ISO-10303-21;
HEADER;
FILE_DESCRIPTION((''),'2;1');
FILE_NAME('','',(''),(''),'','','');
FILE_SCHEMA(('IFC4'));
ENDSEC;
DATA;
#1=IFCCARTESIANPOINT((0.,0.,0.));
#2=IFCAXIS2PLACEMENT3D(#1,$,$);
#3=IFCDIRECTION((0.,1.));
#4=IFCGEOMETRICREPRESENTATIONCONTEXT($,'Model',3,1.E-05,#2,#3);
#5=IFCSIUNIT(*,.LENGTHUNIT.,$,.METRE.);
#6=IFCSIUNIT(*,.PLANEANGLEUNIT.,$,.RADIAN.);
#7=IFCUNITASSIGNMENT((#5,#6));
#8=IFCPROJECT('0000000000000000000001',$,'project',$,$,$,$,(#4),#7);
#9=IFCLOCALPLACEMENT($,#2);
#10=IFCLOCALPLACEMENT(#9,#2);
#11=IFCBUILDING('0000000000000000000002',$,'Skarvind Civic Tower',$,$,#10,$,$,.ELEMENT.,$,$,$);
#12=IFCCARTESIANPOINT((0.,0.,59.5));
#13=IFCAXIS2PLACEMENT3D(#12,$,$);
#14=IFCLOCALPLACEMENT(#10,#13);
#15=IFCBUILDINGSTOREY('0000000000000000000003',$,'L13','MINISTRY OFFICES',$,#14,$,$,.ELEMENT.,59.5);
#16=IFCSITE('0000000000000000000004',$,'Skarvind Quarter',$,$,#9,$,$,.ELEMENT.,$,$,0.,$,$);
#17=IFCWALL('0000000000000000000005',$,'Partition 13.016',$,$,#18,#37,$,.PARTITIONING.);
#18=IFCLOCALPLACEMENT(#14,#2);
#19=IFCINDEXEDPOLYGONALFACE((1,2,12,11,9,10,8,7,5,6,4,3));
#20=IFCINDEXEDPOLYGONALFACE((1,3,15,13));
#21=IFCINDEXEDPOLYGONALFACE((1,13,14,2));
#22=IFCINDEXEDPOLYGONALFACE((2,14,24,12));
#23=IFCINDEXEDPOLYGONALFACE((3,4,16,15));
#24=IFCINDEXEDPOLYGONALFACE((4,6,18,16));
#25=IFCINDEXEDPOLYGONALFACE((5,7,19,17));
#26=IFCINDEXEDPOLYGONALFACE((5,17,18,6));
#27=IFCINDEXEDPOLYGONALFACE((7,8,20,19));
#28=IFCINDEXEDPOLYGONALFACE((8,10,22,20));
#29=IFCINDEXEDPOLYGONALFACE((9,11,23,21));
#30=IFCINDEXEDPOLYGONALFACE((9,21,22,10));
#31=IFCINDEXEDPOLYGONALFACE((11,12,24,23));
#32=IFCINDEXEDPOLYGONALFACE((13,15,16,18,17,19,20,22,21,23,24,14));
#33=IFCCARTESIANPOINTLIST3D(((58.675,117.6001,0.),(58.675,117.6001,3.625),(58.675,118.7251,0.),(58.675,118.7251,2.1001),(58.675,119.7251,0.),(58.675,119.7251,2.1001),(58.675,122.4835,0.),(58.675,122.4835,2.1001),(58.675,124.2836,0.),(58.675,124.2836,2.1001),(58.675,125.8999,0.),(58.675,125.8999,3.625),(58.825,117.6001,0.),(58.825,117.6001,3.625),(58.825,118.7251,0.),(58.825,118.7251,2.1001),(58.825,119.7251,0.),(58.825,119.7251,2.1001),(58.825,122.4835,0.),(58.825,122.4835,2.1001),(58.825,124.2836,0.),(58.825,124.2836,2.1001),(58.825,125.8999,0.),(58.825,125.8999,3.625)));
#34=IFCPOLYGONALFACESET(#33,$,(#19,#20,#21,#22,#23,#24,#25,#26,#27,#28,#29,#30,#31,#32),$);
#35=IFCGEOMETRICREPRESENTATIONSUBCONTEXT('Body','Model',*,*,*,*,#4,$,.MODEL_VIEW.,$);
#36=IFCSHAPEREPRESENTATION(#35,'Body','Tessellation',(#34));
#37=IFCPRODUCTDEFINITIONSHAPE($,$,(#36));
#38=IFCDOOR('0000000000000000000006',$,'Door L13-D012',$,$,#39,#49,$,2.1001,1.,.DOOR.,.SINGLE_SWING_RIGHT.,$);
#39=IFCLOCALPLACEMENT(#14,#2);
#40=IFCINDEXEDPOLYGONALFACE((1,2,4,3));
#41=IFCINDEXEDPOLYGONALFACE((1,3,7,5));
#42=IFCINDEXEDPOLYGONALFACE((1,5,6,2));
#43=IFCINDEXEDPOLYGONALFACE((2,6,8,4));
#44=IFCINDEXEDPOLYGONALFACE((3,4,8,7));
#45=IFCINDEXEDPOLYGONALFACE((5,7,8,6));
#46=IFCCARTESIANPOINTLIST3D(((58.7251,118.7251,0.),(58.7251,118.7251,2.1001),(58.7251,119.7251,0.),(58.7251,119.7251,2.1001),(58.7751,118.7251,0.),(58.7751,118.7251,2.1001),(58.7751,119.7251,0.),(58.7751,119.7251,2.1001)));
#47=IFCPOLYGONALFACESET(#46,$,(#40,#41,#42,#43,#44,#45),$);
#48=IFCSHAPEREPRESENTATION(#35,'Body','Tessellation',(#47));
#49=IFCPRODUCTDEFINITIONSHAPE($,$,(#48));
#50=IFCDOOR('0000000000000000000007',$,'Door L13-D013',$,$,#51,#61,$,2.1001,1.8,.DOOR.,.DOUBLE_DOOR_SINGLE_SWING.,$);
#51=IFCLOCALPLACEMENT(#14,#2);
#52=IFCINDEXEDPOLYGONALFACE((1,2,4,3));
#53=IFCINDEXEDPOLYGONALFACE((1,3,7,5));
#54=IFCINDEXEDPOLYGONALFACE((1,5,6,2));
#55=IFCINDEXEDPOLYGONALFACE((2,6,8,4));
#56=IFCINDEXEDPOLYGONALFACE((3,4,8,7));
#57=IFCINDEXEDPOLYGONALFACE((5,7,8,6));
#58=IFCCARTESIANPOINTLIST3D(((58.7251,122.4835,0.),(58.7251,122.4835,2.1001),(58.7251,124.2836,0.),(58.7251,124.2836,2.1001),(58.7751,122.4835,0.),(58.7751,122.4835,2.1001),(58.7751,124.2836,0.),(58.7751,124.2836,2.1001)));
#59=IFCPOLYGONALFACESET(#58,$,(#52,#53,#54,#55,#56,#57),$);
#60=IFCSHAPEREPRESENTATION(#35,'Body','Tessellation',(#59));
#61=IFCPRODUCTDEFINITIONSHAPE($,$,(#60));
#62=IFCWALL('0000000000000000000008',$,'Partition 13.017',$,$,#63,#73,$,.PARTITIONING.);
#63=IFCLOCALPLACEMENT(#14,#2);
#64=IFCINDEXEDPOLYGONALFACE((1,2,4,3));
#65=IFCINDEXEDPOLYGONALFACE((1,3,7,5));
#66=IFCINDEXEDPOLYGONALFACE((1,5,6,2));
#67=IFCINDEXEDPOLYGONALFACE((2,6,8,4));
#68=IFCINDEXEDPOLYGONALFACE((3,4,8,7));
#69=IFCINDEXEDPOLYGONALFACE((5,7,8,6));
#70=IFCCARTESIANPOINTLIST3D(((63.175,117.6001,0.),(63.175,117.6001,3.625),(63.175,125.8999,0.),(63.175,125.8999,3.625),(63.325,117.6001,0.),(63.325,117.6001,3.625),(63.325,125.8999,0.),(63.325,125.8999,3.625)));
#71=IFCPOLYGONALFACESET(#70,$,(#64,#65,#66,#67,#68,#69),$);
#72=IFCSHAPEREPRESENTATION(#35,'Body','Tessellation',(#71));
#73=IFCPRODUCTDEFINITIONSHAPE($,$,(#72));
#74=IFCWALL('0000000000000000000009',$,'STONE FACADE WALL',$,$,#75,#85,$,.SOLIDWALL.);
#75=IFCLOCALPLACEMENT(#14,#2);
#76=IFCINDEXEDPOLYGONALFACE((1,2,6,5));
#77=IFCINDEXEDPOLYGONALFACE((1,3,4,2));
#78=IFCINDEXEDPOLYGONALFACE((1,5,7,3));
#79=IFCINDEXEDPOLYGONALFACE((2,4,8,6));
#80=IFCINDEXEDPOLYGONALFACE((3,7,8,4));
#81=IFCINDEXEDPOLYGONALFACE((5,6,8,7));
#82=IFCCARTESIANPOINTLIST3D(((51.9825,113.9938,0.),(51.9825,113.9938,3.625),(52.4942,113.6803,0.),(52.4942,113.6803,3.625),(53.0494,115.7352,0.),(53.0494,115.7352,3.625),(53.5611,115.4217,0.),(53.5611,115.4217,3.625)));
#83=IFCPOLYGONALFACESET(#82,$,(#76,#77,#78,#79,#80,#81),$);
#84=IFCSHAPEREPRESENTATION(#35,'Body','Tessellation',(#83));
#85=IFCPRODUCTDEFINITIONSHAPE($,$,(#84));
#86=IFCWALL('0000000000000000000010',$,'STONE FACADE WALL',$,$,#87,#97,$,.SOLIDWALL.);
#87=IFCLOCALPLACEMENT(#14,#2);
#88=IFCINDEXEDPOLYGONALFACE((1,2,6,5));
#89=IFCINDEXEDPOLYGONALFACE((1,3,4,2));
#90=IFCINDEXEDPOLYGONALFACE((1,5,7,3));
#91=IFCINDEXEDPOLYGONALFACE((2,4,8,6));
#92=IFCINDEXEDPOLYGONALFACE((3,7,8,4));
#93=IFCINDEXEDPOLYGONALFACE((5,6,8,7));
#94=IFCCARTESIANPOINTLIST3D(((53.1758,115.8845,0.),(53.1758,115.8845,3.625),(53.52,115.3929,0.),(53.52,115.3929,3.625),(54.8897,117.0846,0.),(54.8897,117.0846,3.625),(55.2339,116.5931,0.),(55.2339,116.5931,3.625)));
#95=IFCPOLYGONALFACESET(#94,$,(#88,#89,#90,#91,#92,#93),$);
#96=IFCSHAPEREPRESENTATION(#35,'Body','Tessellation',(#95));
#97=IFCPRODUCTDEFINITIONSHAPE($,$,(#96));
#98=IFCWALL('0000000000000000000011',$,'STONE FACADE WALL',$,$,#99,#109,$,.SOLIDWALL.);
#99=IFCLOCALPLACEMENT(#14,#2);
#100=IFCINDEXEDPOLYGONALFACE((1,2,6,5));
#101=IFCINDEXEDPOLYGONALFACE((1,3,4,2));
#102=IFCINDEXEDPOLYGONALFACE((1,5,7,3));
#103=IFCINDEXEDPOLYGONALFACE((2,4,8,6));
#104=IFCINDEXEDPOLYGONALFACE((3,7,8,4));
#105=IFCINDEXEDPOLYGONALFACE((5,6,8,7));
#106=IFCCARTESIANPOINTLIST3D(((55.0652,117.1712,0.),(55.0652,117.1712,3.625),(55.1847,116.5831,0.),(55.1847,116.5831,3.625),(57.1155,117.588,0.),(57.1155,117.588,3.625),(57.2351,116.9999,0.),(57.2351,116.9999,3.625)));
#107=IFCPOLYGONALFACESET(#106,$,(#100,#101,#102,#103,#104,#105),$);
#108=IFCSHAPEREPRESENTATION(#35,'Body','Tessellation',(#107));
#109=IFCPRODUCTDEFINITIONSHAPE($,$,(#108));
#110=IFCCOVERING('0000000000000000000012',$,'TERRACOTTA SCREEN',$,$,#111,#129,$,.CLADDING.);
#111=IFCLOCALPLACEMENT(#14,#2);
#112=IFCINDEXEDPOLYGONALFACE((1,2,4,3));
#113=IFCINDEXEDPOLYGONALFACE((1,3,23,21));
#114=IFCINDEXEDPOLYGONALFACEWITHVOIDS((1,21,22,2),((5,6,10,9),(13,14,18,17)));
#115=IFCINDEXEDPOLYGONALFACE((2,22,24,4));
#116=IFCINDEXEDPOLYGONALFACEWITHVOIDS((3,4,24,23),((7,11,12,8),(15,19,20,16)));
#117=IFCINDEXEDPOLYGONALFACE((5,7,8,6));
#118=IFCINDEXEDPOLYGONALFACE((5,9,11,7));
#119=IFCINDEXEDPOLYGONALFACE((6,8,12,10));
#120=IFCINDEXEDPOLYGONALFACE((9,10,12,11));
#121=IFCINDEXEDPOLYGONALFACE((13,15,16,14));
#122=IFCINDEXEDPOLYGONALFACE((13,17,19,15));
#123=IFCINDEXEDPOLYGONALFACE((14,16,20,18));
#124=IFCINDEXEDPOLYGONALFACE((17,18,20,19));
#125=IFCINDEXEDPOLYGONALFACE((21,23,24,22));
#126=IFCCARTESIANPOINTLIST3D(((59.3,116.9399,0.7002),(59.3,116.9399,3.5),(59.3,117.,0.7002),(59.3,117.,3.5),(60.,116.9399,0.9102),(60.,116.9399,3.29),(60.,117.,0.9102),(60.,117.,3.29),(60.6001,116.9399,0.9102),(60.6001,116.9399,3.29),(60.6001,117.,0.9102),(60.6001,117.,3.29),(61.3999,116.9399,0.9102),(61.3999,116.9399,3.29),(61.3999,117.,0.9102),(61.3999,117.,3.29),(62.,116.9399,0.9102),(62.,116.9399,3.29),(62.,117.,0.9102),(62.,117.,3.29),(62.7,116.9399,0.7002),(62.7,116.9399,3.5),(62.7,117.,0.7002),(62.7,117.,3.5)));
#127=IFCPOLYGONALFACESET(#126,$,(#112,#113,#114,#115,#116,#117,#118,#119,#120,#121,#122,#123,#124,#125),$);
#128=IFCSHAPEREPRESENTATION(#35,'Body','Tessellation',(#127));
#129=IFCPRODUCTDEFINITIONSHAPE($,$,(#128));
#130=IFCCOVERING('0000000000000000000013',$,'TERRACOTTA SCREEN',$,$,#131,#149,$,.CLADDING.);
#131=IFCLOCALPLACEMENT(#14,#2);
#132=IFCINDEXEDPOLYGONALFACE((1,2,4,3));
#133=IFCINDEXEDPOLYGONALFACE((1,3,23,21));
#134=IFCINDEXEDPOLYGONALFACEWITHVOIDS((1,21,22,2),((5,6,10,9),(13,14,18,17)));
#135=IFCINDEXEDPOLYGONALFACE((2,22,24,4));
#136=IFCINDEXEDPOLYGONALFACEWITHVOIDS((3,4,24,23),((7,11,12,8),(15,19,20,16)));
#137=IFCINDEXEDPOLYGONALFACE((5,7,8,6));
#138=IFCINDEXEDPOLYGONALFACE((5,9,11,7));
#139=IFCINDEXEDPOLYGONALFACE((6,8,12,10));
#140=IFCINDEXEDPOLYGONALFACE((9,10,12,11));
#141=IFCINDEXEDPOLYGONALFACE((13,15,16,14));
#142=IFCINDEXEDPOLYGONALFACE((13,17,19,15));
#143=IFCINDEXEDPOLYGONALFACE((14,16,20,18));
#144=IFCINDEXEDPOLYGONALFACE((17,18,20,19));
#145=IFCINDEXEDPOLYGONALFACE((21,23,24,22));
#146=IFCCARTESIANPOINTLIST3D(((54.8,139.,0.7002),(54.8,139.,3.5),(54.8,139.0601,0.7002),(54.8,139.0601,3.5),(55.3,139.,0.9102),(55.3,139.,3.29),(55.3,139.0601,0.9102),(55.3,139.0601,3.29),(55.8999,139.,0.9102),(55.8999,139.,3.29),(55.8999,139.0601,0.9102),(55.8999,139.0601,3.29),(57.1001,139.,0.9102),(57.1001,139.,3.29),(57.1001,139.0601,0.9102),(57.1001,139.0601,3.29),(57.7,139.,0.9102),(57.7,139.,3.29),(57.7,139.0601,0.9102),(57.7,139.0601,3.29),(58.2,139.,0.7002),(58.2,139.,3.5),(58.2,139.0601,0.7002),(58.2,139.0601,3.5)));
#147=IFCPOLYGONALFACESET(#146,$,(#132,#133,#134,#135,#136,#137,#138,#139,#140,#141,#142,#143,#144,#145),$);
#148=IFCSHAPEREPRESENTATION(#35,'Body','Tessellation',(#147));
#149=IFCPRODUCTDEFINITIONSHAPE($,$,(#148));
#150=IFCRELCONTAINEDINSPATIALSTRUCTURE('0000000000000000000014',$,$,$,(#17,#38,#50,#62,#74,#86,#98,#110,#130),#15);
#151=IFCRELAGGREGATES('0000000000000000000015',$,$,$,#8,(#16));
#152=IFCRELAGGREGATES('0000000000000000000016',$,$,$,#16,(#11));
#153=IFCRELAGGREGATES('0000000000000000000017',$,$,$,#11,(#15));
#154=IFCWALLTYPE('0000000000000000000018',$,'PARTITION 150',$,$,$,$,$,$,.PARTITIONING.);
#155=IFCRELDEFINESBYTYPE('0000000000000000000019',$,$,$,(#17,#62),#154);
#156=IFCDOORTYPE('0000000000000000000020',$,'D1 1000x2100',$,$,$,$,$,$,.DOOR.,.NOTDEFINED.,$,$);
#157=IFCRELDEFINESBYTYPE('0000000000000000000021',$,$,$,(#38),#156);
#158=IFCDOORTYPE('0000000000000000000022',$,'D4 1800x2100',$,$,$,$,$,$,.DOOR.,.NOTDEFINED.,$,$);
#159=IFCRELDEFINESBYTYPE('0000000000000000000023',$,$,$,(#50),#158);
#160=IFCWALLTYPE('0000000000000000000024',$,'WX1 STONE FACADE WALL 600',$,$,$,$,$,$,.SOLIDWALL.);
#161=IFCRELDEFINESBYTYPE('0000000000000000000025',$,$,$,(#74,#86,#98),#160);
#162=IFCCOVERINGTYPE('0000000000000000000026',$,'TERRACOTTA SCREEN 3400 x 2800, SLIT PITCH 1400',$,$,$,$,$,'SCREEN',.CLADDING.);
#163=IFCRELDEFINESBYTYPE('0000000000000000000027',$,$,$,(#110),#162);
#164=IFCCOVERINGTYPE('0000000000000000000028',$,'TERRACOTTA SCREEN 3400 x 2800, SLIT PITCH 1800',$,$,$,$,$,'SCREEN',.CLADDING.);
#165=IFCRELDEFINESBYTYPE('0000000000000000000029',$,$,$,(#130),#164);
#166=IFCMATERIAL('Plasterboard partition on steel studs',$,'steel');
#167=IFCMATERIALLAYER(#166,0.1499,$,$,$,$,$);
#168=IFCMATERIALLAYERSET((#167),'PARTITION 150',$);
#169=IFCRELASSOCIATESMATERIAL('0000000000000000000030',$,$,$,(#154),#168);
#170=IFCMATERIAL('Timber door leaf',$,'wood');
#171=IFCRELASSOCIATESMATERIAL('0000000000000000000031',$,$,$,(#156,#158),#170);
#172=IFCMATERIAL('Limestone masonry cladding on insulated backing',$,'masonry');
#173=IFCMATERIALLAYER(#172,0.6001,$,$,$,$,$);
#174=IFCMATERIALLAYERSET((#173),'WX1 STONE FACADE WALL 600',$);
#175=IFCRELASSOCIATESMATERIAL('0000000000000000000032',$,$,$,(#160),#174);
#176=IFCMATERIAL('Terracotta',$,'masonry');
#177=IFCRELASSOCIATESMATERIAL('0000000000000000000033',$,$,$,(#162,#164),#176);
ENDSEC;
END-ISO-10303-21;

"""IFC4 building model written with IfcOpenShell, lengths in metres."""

from ifc_helpers import new_model, si_unit, direction, frame, frame_2d, origin, place, context, subcontext, project, spatial, polyline, rectangle, outline, extrude, material, layer, layer_set, material_profile, profile_set, type_object, element, fill, save


model = new_model("IFC4")

# Units and contexts
model_context = context("Model", 3, precision=1e-05, world=origin(), true_north=direction((0.0, 1.0)))
body_context = subcontext(model_context, "Body", "Model", "MODEL_VIEW")
ifc_project = project(units=[si_unit("LENGTHUNIT", "METRE"), si_unit("PLANEANGLEUNIT", "RADIAN")], contexts=[model_context])

# Site, building, storey
site_placement = place(None, origin())
site = spatial("IfcSite", under=ifc_project, at=site_placement, Name="Skarvind Quarter", CompositionType="ELEMENT", RefElevation=0.0)
building_placement = place(site_placement, origin())
building = spatial("IfcBuilding", under=site, at=building_placement, Name="Skarvind Civic Tower", CompositionType="ELEMENT")
storey_placement = place(building_placement, frame((0.0, 0.0, 59.5)))
storey = spatial("IfcBuildingStorey", under=building, at=storey_placement, Name="L13", Description="MINISTRY OFFICES", CompositionType="ELEMENT", Elevation=59.5)

# Shared definitions
ifc_material_1 = material(Name="Plasterboard partition on steel studs", Category="steel")
ifc_layer_1 = layer(ifc_material_1, 0.1499)
ifc_layer_set_1 = layer_set([ifc_layer_1], Name="PARTITION 150")
wall_type_1 = type_object("IfcWallType", Name="PARTITION 150", PredefinedType="PARTITIONING", material=ifc_layer_set_1)

# Wall, openings, doors
wall_1_placement = place(storey_placement, frame((58.75, 117.6001, 0.0), z_axis=(0.0, 0.0, 1.0), x_axis=(0.0, 1.0, 0.0)))
wall_1 = element("IfcWall", 1, at=wall_1_placement, inside=storey, type_object=wall_type_1, Name="Partition 13.016", PredefinedType="PARTITIONING", context=body_context, shape_type="SweptSolid", body=[
    extrude(rectangle(XDim=8.2998, YDim=0.1499, at=frame_2d((4.1499, 0.0))), origin(), (0.0, 0.0, 1.0), 3.625),
])
opening_1_placement = place(wall_1_placement, frame((1.125, 0.0, 0.0)))
opening_1 = element("IfcOpeningElement", 2, at=opening_1_placement, cuts=wall_1, PredefinedType="OPENING", context=body_context, shape_type="SweptSolid", body=[
    extrude(rectangle(XDim=1.0, YDim=2.1001, at=frame_2d((0.5, 1.05))), frame((0.0, 0.085, 0.0), z_axis=(0.0, -1.0, 0.0), x_axis=(1.0, 0.0, 0.0)), (0.0, 0.0, 1.0), 0.1699),
])
opening_2_placement = place(wall_1_placement, frame((4.8835, 0.0, 0.0)))
opening_2 = element("IfcOpeningElement", 3, at=opening_2_placement, cuts=wall_1, PredefinedType="OPENING", context=body_context, shape_type="SweptSolid", body=[
    extrude(rectangle(XDim=1.8, YDim=2.1001, at=frame_2d((0.8999, 1.05))), frame((0.0, 0.085, 0.0), z_axis=(0.0, -1.0, 0.0), x_axis=(1.0, 0.0, 0.0)), (0.0, 0.0, 1.0), 0.1699),
])
ifc_material_2 = material(Name="Timber door leaf", Category="wood")
door_type_1 = type_object("IfcDoorType", Name="D1 1000x2100", OperationType="NOTDEFINED", PredefinedType="DOOR", material=ifc_material_2)
door_1_placement = place(opening_1_placement, origin())
door_1 = element("IfcDoor", 4, at=door_1_placement, inside=storey, type_object=door_type_1, Name="Door L13-D012", OperationType="SINGLE_SWING_RIGHT", OverallHeight=2.1001, OverallWidth=1.0, PredefinedType="DOOR", context=body_context, shape_type="SweptSolid", body=[
    extrude(rectangle(XDim=1.0, YDim=2.1001, at=frame_2d((0.5, 1.05))), frame((0.0, 0.0249, 0.0), z_axis=(0.0, -1.0, 0.0), x_axis=(1.0, 0.0, 0.0)), (0.0, 0.0, 1.0), 0.05),
])
fill(opening_1, door_1)
door_type_2 = type_object("IfcDoorType", Name="D4 1800x2100", OperationType="NOTDEFINED", PredefinedType="DOOR", material=ifc_material_2)
door_2_placement = place(opening_2_placement, origin())
door_2 = element("IfcDoor", 5, at=door_2_placement, inside=storey, type_object=door_type_2, Name="Door L13-D013", OperationType="DOUBLE_DOOR_SINGLE_SWING", OverallHeight=2.1001, OverallWidth=1.8, PredefinedType="DOOR", context=body_context, shape_type="SweptSolid", body=[
    extrude(rectangle(XDim=1.8, YDim=2.1001, at=frame_2d((0.8999, 1.05))), frame((0.0, 0.0249, 0.0), z_axis=(0.0, -1.0, 0.0), x_axis=(1.0, 0.0, 0.0)), (0.0, 0.0, 1.0), 0.05),
])
fill(opening_2, door_2)

# Walls
wall_2_placement = place(storey_placement, frame((63.25, 117.6001, 0.0), z_axis=(0.0, 0.0, 1.0), x_axis=(0.0, 1.0, 0.0)))
element("IfcWall", 6, at=wall_2_placement, inside=storey, type_object=wall_type_1, Name="Partition 13.017", PredefinedType="PARTITIONING", context=body_context, shape_type="SweptSolid", body=[
    extrude(rectangle(XDim=8.2998, YDim=0.1499, at=frame_2d((4.1499, 0.0))), origin(), (0.0, 0.0, 1.0), 3.625),
])
ifc_material_3 = material(Name="Limestone masonry cladding on insulated backing", Category="masonry")
ifc_layer_2 = layer(ifc_material_3, 0.6001)
ifc_layer_set_2 = layer_set([ifc_layer_2], Name="WX1 STONE FACADE WALL 600")
wall_type_2 = type_object("IfcWallType", Name="WX1 STONE FACADE WALL 600", PredefinedType="SOLIDWALL", material=ifc_layer_set_2)
wall_3_placement = place(storey_placement, frame((53.3052, 115.5784, 0.0), z_axis=(0.0, 0.0, 1.0), x_axis=(-0.522402, -0.852699, 0.0)))
element("IfcWall", 7, at=wall_3_placement, inside=storey, type_object=wall_type_2, Name="STONE FACADE WALL", PredefinedType="SOLIDWALL", context=body_context, shape_type="SweptSolid", body=[
    extrude(rectangle(XDim=2.0422, YDim=0.6001, at=frame_2d((1.021, 0.0))), origin(), (0.0, 0.0, 1.0), 3.625),
])
for number, where, z_axis, x_axis, name in (
    (8, (55.0618, 116.8389, 0.0), (0.0, 0.0, 1.0), (-0.819122, -0.573619, 0.0), "STONE FACADE WALL"),
    (9, (57.1753, 117.2939, 0.0), (0.0, 0.0, 1.0), (-0.979961, -0.199189, 0.0), "STONE FACADE WALL"),
):
    element("IfcWall", number, at=place(storey_placement, frame(where, z_axis=z_axis, x_axis=x_axis)), inside=storey, type_object=wall_type_2, Name=name, PredefinedType="SOLIDWALL", context=body_context, shape_type="SweptSolid", body=[
        extrude(rectangle(XDim=2.0923, YDim=0.6001, at=frame_2d((1.0461, 0.0))), origin(), (0.0, 0.0, 1.0), 3.625),
    ])

# Coverings
ifc_material_4 = material(Name="Terracotta", Category="masonry")
ifc_material_profile_1 = material_profile(ifc_material_4, outline(polyline([(-1.7, -1.3999), (1.7, -1.3999), (1.7, 1.3999), (-1.7, 1.3999), (-1.7, -1.3999)]), holes=[polyline([(-1.0, -1.1899), (-0.3999, -1.1899), (-0.3999, 1.1899), (-1.0, 1.1899), (-1.0, -1.1899)]), polyline([(0.3999, -1.1899), (1.0, -1.1899), (1.0, 1.1899), (0.3999, 1.1899), (0.3999, -1.1899)])]), Name="TERRACOTTA SCREEN 3400 x 2800, SLIT PITCH 1400")
ifc_profile_set_1 = profile_set([ifc_material_profile_1], Name="Terracotta")
covering_type_1 = type_object("IfcCoveringType", Name="TERRACOTTA SCREEN 3400 x 2800, SLIT PITCH 1400", ElementType="SCREEN", PredefinedType="CLADDING", material=ifc_profile_set_1)
covering_1_placement = place(storey_placement, frame((61.0, 117.0, 2.1001), z_axis=(0.0, -1.0, 0.0), x_axis=(1.0, 0.0, 0.0)))
element("IfcCovering", 10, at=covering_1_placement, inside=storey, type_object=covering_type_1, Name="TERRACOTTA SCREEN", PredefinedType="CLADDING", context=body_context, shape_type="SweptSolid", body=[
    extrude(outline(polyline([(-1.7, -1.3999), (1.7, -1.3999), (1.7, 1.3999), (-1.7, 1.3999), (-1.7, -1.3999)]), holes=[polyline([(-1.0, -1.1899), (-0.3999, -1.1899), (-0.3999, 1.1899), (-1.0, 1.1899), (-1.0, -1.1899)]), polyline([(0.3999, -1.1899), (1.0, -1.1899), (1.0, 1.1899), (0.3999, 1.1899), (0.3999, -1.1899)])]), origin(), (0.0, 0.0, 1.0), 0.0601),
])
ifc_material_profile_2 = material_profile(ifc_material_4, outline(polyline([(-1.7, -1.3999), (1.7, -1.3999), (1.7, 1.3999), (-1.7, 1.3999), (-1.7, -1.3999)]), holes=[polyline([(-1.2, -1.1899), (-0.6001, -1.1899), (-0.6001, 1.1899), (-1.2, 1.1899), (-1.2, -1.1899)]), polyline([(0.6001, -1.1899), (1.2, -1.1899), (1.2, 1.1899), (0.6001, 1.1899), (0.6001, -1.1899)])]), Name="TERRACOTTA SCREEN 3400 x 2800, SLIT PITCH 1800")
ifc_profile_set_2 = profile_set([ifc_material_profile_2], Name="Terracotta")
covering_type_2 = type_object("IfcCoveringType", Name="TERRACOTTA SCREEN 3400 x 2800, SLIT PITCH 1800", ElementType="SCREEN", PredefinedType="CLADDING", material=ifc_profile_set_2)
covering_2_placement = place(storey_placement, frame((56.5, 139.0, 2.1001), z_axis=(0.0, 1.0, 0.0), x_axis=(-1.0, 0.0, 0.0)))
element("IfcCovering", 11, at=covering_2_placement, inside=storey, type_object=covering_type_2, Name="TERRACOTTA SCREEN", PredefinedType="CLADDING", context=body_context, shape_type="SweptSolid", body=[
    extrude(outline(polyline([(-1.7, -1.3999), (1.7, -1.3999), (1.7, 1.3999), (-1.7, 1.3999), (-1.7, -1.3999)]), holes=[polyline([(-1.2, -1.1899), (-0.6001, -1.1899), (-0.6001, 1.1899), (-1.2, 1.1899), (-1.2, -1.1899)]), polyline([(0.6001, -1.1899), (1.2, -1.1899), (1.2, 1.1899), (0.6001, 1.1899), (0.6001, -1.1899)])]), origin(), (0.0, 0.0, 1.0), 0.0601),
])

save(model, "model.ifc")
